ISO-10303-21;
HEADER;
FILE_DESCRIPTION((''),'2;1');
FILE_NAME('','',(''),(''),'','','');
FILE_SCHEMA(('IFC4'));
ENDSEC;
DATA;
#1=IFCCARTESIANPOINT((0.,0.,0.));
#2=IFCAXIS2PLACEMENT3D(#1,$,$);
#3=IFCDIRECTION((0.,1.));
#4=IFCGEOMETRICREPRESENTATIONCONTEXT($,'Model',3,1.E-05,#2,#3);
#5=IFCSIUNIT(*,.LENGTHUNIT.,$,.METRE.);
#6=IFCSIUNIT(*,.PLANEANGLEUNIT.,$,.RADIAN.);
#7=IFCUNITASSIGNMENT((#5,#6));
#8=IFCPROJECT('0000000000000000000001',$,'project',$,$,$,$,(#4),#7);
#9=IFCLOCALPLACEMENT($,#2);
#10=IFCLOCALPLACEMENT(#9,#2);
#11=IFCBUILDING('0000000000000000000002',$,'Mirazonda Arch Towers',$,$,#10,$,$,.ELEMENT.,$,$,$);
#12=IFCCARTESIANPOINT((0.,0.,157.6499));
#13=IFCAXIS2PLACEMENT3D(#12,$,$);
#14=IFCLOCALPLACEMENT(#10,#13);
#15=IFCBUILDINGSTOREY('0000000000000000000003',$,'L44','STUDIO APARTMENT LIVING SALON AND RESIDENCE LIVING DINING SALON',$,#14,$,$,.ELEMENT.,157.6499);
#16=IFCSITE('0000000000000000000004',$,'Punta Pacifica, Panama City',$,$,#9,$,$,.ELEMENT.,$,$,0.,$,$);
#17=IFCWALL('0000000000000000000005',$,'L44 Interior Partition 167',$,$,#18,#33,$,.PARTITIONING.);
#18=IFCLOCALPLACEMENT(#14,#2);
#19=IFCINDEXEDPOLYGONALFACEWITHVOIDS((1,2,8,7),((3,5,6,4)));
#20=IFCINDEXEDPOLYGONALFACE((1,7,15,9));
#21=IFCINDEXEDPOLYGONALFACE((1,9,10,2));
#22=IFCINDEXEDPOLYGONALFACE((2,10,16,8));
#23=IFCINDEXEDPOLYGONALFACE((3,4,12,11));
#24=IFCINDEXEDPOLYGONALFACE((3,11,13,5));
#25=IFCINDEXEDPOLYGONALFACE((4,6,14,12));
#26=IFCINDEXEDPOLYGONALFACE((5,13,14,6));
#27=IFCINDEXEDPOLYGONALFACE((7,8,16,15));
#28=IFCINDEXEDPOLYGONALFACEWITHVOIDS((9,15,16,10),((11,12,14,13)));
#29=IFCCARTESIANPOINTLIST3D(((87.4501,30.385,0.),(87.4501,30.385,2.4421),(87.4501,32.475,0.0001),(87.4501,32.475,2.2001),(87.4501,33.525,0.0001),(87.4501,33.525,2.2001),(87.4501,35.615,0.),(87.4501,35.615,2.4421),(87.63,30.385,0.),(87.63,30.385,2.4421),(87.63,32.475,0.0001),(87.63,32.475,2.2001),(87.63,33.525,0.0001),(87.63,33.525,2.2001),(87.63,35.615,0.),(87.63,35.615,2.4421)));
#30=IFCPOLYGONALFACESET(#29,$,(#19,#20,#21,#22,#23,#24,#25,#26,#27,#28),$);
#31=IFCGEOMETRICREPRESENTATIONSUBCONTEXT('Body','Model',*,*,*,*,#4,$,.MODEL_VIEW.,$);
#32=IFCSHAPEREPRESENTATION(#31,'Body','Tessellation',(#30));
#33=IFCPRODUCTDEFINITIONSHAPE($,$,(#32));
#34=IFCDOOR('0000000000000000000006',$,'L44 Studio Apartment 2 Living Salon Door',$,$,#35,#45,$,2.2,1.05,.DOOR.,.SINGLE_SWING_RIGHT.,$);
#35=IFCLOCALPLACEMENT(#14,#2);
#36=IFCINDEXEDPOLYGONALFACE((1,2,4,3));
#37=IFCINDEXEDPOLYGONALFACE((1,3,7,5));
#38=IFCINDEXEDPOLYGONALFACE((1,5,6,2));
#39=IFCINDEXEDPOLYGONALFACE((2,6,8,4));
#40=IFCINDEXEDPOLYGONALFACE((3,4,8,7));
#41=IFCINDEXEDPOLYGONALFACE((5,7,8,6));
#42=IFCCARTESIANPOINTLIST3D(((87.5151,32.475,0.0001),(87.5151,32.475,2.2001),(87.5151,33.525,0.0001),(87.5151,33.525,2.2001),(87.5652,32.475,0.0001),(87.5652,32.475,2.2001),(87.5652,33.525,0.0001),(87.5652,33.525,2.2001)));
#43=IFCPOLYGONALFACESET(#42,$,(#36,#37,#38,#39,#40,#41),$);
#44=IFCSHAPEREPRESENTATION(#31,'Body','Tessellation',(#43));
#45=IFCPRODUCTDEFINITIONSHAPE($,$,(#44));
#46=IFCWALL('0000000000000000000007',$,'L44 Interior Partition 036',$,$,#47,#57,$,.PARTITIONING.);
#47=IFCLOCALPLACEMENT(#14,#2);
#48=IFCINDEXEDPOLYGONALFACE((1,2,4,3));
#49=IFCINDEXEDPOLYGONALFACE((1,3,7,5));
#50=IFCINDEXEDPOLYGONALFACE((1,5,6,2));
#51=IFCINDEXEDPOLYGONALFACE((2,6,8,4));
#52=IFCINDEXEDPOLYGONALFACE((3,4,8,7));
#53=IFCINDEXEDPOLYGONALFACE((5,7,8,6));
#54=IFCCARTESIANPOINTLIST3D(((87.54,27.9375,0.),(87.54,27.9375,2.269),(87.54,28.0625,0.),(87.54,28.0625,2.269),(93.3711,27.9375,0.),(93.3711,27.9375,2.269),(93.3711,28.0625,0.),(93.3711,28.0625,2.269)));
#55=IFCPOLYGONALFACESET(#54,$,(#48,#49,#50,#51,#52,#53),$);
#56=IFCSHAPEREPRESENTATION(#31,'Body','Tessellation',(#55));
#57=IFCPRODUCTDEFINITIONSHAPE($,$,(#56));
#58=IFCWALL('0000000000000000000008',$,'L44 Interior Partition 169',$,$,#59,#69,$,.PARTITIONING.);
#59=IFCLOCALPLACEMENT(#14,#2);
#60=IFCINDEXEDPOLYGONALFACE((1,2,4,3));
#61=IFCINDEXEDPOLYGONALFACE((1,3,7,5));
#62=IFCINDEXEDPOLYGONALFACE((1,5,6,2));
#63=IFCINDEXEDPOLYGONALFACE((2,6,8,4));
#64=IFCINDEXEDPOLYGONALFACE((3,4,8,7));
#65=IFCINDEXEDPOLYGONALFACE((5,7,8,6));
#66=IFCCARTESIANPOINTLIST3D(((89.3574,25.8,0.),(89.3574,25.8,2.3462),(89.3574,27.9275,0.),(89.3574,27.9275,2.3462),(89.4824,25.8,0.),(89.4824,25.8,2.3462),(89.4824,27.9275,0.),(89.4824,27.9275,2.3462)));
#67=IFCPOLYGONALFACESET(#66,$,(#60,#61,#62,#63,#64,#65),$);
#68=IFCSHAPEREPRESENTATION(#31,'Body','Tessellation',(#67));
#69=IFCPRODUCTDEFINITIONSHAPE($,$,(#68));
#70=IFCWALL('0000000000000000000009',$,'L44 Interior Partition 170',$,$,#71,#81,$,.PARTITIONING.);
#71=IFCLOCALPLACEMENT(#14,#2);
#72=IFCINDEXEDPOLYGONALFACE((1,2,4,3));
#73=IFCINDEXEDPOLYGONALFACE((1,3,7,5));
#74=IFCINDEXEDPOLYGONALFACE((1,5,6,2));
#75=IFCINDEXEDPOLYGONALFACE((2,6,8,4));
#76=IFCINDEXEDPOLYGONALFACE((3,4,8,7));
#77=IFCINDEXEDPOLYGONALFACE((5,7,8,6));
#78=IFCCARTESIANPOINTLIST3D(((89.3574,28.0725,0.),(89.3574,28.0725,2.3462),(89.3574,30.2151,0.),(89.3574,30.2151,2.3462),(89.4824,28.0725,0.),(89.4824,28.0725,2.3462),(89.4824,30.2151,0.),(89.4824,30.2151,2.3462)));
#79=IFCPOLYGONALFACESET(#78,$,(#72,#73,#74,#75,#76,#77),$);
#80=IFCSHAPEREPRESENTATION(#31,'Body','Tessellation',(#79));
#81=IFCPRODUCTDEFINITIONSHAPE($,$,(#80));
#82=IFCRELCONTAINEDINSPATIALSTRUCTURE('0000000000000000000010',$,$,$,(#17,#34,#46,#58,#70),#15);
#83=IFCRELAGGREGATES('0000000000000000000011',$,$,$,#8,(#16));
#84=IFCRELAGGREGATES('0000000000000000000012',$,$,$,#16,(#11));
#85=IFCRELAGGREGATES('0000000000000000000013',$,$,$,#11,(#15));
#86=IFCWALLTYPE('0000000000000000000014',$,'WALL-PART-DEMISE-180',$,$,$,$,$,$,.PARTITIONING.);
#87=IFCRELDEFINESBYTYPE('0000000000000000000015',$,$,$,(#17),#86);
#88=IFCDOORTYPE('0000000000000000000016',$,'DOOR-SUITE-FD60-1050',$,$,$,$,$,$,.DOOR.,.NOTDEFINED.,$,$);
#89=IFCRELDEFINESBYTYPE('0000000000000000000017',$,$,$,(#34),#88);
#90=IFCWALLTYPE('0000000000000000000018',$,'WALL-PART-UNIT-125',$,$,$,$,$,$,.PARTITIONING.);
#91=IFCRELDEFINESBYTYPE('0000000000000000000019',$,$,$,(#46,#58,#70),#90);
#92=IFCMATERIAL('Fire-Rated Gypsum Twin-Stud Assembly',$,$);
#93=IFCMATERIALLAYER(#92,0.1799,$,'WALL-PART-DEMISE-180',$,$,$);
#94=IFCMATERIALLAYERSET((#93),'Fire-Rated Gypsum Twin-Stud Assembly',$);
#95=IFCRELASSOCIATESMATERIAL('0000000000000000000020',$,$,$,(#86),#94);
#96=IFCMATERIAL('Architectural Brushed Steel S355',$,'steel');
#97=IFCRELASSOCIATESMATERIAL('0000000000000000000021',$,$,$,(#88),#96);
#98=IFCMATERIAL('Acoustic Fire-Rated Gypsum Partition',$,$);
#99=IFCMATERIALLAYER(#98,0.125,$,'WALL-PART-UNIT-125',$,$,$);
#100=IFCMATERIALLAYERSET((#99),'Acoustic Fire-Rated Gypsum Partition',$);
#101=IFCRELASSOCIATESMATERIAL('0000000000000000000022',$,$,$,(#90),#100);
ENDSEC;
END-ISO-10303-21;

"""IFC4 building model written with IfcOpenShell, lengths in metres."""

from ifc_helpers import new_model, si_unit, direction, frame, frame_2d, origin, place, context, subcontext, project, spatial, rectangle, extrude, material, layer, layer_set, type_object, element, fill, save


model = new_model("IFC4")

# Units and contexts
model_context = context("Model", 3, precision=1e-05, world=origin(), true_north=direction((0.0, 1.0)))
body_context = subcontext(model_context, "Body", "Model", "MODEL_VIEW")
ifc_project = project(units=[si_unit("LENGTHUNIT", "METRE"), si_unit("PLANEANGLEUNIT", "RADIAN")], contexts=[model_context])

# Site, building, storey
site_placement = place(None, origin())
site = spatial("IfcSite", under=ifc_project, at=site_placement, Name="Punta Pacifica, Panama City", CompositionType="ELEMENT", RefElevation=0.0)
building_placement = place(site_placement, origin())
building = spatial("IfcBuilding", under=site, at=building_placement, Name="Mirazonda Arch Towers", CompositionType="ELEMENT")
storey_placement = place(building_placement, frame((0.0, 0.0, 157.6499)))
storey = spatial("IfcBuildingStorey", under=building, at=storey_placement, Name="L44", Description="STUDIO APARTMENT LIVING SALON AND RESIDENCE LIVING DINING SALON", CompositionType="ELEMENT", Elevation=157.6499)

# Shared definitions
ifc_material_1 = material(Name="Architectural Brushed Steel S355", Category="steel")

# Shared definitions
ifc_material_2 = material(Name="Fire-Rated Gypsum Twin-Stud Assembly")
ifc_layer_1 = layer(ifc_material_2, 0.1799, Name="WALL-PART-DEMISE-180")
ifc_layer_set_1 = layer_set([ifc_layer_1], Name="Fire-Rated Gypsum Twin-Stud Assembly")
wall_type_1 = type_object("IfcWallType", Name="WALL-PART-DEMISE-180", PredefinedType="PARTITIONING", material=ifc_layer_set_1)

# Wall, opening, door
wall_1_placement = place(storey_placement, frame((87.54, 30.385, 0.0), z_axis=(0.0, 0.0, 1.0), x_axis=(0.0, 1.0, 0.0)))
wall_1 = element("IfcWall", 1, at=wall_1_placement, inside=storey, type_object=wall_type_1, Name="L44 Interior Partition 167", PredefinedType="PARTITIONING", context=body_context, shape_type="SweptSolid", body=[
    extrude(rectangle(XDim=5.23, YDim=0.1799, at=frame_2d((2.615, 0.0))), origin(), (0.0, 0.0, 1.0), 2.4421),
])
opening_1_placement = place(wall_1_placement, frame((2.0901, 0.0, 0.0)))
opening_1 = element("IfcOpeningElement", 2, at=opening_1_placement, cuts=wall_1, PredefinedType="OPENING", context=body_context, shape_type="SweptSolid", body=[
    extrude(rectangle(XDim=1.05, YDim=2.2, at=frame_2d((0.5249, 1.1001))), frame((0.0, 0.0999, 0.0), z_axis=(0.0, -1.0, 0.0), x_axis=(1.0, 0.0, 0.0)), (0.0, 0.0, 1.0), 0.2),
])
door_type_1 = type_object("IfcDoorType", Name="DOOR-SUITE-FD60-1050", OperationType="NOTDEFINED", PredefinedType="DOOR", material=ifc_material_1)
door_1_placement = place(opening_1_placement, origin())
door_1 = element("IfcDoor", 3, at=door_1_placement, inside=storey, type_object=door_type_1, Name="L44 Studio Apartment 2 Living Salon Door", OperationType="SINGLE_SWING_RIGHT", OverallHeight=2.2, OverallWidth=1.05, PredefinedType="DOOR", context=body_context, shape_type="SweptSolid", body=[
    extrude(rectangle(XDim=1.05, YDim=2.2, at=frame_2d((0.5249, 1.1001))), frame((0.0, 0.0249, 0.0), z_axis=(0.0, -1.0, 0.0), x_axis=(1.0, 0.0, 0.0)), (0.0, 0.0, 1.0), 0.05),
])
fill(opening_1, door_1)

# Walls
ifc_material_3 = material(Name="Acoustic Fire-Rated Gypsum Partition")
ifc_layer_2 = layer(ifc_material_3, 0.125, Name="WALL-PART-UNIT-125")
ifc_layer_set_2 = layer_set([ifc_layer_2], Name="Acoustic Fire-Rated Gypsum Partition")
wall_type_2 = type_object("IfcWallType", Name="WALL-PART-UNIT-125", PredefinedType="PARTITIONING", material=ifc_layer_set_2)
wall_2_placement = place(storey_placement, frame((87.54, 28.0, 0.0), z_axis=(0.0, 0.0, 1.0), x_axis=(1.0, 0.0, 0.0)))
element("IfcWall", 4, at=wall_2_placement, inside=storey, type_object=wall_type_2, Name="L44 Interior Partition 036", PredefinedType="PARTITIONING", context=body_context, shape_type="SweptSolid", body=[
    extrude(rectangle(XDim=5.8311, YDim=0.125, at=frame_2d((2.9155, 0.0))), origin(), (0.0, 0.0, 1.0), 2.269),
])
wall_3_placement = place(storey_placement, frame((89.4199, 25.8, 0.0), z_axis=(0.0, 0.0, 1.0), x_axis=(0.0, 1.0, 0.0)))
element("IfcWall", 5, at=wall_3_placement, inside=storey, type_object=wall_type_2, Name="L44 Interior Partition 169", PredefinedType="PARTITIONING", context=body_context, shape_type="SweptSolid", body=[
    extrude(rectangle(XDim=2.1274, YDim=0.125, at=frame_2d((1.0637, 0.0))), origin(), (0.0, 0.0, 1.0), 2.3462),
])
wall_4_placement = place(storey_placement, frame((89.4199, 28.0725, 0.0), z_axis=(0.0, 0.0, 1.0), x_axis=(0.0, 1.0, 0.0)))
element("IfcWall", 6, at=wall_4_placement, inside=storey, type_object=wall_type_2, Name="L44 Interior Partition 170", PredefinedType="PARTITIONING", context=body_context, shape_type="SweptSolid", body=[
    extrude(rectangle(XDim=2.1426, YDim=0.125, at=frame_2d((1.0713, 0.0))), origin(), (0.0, 0.0, 1.0), 2.3462),
])

save(model, "model.ifc")
